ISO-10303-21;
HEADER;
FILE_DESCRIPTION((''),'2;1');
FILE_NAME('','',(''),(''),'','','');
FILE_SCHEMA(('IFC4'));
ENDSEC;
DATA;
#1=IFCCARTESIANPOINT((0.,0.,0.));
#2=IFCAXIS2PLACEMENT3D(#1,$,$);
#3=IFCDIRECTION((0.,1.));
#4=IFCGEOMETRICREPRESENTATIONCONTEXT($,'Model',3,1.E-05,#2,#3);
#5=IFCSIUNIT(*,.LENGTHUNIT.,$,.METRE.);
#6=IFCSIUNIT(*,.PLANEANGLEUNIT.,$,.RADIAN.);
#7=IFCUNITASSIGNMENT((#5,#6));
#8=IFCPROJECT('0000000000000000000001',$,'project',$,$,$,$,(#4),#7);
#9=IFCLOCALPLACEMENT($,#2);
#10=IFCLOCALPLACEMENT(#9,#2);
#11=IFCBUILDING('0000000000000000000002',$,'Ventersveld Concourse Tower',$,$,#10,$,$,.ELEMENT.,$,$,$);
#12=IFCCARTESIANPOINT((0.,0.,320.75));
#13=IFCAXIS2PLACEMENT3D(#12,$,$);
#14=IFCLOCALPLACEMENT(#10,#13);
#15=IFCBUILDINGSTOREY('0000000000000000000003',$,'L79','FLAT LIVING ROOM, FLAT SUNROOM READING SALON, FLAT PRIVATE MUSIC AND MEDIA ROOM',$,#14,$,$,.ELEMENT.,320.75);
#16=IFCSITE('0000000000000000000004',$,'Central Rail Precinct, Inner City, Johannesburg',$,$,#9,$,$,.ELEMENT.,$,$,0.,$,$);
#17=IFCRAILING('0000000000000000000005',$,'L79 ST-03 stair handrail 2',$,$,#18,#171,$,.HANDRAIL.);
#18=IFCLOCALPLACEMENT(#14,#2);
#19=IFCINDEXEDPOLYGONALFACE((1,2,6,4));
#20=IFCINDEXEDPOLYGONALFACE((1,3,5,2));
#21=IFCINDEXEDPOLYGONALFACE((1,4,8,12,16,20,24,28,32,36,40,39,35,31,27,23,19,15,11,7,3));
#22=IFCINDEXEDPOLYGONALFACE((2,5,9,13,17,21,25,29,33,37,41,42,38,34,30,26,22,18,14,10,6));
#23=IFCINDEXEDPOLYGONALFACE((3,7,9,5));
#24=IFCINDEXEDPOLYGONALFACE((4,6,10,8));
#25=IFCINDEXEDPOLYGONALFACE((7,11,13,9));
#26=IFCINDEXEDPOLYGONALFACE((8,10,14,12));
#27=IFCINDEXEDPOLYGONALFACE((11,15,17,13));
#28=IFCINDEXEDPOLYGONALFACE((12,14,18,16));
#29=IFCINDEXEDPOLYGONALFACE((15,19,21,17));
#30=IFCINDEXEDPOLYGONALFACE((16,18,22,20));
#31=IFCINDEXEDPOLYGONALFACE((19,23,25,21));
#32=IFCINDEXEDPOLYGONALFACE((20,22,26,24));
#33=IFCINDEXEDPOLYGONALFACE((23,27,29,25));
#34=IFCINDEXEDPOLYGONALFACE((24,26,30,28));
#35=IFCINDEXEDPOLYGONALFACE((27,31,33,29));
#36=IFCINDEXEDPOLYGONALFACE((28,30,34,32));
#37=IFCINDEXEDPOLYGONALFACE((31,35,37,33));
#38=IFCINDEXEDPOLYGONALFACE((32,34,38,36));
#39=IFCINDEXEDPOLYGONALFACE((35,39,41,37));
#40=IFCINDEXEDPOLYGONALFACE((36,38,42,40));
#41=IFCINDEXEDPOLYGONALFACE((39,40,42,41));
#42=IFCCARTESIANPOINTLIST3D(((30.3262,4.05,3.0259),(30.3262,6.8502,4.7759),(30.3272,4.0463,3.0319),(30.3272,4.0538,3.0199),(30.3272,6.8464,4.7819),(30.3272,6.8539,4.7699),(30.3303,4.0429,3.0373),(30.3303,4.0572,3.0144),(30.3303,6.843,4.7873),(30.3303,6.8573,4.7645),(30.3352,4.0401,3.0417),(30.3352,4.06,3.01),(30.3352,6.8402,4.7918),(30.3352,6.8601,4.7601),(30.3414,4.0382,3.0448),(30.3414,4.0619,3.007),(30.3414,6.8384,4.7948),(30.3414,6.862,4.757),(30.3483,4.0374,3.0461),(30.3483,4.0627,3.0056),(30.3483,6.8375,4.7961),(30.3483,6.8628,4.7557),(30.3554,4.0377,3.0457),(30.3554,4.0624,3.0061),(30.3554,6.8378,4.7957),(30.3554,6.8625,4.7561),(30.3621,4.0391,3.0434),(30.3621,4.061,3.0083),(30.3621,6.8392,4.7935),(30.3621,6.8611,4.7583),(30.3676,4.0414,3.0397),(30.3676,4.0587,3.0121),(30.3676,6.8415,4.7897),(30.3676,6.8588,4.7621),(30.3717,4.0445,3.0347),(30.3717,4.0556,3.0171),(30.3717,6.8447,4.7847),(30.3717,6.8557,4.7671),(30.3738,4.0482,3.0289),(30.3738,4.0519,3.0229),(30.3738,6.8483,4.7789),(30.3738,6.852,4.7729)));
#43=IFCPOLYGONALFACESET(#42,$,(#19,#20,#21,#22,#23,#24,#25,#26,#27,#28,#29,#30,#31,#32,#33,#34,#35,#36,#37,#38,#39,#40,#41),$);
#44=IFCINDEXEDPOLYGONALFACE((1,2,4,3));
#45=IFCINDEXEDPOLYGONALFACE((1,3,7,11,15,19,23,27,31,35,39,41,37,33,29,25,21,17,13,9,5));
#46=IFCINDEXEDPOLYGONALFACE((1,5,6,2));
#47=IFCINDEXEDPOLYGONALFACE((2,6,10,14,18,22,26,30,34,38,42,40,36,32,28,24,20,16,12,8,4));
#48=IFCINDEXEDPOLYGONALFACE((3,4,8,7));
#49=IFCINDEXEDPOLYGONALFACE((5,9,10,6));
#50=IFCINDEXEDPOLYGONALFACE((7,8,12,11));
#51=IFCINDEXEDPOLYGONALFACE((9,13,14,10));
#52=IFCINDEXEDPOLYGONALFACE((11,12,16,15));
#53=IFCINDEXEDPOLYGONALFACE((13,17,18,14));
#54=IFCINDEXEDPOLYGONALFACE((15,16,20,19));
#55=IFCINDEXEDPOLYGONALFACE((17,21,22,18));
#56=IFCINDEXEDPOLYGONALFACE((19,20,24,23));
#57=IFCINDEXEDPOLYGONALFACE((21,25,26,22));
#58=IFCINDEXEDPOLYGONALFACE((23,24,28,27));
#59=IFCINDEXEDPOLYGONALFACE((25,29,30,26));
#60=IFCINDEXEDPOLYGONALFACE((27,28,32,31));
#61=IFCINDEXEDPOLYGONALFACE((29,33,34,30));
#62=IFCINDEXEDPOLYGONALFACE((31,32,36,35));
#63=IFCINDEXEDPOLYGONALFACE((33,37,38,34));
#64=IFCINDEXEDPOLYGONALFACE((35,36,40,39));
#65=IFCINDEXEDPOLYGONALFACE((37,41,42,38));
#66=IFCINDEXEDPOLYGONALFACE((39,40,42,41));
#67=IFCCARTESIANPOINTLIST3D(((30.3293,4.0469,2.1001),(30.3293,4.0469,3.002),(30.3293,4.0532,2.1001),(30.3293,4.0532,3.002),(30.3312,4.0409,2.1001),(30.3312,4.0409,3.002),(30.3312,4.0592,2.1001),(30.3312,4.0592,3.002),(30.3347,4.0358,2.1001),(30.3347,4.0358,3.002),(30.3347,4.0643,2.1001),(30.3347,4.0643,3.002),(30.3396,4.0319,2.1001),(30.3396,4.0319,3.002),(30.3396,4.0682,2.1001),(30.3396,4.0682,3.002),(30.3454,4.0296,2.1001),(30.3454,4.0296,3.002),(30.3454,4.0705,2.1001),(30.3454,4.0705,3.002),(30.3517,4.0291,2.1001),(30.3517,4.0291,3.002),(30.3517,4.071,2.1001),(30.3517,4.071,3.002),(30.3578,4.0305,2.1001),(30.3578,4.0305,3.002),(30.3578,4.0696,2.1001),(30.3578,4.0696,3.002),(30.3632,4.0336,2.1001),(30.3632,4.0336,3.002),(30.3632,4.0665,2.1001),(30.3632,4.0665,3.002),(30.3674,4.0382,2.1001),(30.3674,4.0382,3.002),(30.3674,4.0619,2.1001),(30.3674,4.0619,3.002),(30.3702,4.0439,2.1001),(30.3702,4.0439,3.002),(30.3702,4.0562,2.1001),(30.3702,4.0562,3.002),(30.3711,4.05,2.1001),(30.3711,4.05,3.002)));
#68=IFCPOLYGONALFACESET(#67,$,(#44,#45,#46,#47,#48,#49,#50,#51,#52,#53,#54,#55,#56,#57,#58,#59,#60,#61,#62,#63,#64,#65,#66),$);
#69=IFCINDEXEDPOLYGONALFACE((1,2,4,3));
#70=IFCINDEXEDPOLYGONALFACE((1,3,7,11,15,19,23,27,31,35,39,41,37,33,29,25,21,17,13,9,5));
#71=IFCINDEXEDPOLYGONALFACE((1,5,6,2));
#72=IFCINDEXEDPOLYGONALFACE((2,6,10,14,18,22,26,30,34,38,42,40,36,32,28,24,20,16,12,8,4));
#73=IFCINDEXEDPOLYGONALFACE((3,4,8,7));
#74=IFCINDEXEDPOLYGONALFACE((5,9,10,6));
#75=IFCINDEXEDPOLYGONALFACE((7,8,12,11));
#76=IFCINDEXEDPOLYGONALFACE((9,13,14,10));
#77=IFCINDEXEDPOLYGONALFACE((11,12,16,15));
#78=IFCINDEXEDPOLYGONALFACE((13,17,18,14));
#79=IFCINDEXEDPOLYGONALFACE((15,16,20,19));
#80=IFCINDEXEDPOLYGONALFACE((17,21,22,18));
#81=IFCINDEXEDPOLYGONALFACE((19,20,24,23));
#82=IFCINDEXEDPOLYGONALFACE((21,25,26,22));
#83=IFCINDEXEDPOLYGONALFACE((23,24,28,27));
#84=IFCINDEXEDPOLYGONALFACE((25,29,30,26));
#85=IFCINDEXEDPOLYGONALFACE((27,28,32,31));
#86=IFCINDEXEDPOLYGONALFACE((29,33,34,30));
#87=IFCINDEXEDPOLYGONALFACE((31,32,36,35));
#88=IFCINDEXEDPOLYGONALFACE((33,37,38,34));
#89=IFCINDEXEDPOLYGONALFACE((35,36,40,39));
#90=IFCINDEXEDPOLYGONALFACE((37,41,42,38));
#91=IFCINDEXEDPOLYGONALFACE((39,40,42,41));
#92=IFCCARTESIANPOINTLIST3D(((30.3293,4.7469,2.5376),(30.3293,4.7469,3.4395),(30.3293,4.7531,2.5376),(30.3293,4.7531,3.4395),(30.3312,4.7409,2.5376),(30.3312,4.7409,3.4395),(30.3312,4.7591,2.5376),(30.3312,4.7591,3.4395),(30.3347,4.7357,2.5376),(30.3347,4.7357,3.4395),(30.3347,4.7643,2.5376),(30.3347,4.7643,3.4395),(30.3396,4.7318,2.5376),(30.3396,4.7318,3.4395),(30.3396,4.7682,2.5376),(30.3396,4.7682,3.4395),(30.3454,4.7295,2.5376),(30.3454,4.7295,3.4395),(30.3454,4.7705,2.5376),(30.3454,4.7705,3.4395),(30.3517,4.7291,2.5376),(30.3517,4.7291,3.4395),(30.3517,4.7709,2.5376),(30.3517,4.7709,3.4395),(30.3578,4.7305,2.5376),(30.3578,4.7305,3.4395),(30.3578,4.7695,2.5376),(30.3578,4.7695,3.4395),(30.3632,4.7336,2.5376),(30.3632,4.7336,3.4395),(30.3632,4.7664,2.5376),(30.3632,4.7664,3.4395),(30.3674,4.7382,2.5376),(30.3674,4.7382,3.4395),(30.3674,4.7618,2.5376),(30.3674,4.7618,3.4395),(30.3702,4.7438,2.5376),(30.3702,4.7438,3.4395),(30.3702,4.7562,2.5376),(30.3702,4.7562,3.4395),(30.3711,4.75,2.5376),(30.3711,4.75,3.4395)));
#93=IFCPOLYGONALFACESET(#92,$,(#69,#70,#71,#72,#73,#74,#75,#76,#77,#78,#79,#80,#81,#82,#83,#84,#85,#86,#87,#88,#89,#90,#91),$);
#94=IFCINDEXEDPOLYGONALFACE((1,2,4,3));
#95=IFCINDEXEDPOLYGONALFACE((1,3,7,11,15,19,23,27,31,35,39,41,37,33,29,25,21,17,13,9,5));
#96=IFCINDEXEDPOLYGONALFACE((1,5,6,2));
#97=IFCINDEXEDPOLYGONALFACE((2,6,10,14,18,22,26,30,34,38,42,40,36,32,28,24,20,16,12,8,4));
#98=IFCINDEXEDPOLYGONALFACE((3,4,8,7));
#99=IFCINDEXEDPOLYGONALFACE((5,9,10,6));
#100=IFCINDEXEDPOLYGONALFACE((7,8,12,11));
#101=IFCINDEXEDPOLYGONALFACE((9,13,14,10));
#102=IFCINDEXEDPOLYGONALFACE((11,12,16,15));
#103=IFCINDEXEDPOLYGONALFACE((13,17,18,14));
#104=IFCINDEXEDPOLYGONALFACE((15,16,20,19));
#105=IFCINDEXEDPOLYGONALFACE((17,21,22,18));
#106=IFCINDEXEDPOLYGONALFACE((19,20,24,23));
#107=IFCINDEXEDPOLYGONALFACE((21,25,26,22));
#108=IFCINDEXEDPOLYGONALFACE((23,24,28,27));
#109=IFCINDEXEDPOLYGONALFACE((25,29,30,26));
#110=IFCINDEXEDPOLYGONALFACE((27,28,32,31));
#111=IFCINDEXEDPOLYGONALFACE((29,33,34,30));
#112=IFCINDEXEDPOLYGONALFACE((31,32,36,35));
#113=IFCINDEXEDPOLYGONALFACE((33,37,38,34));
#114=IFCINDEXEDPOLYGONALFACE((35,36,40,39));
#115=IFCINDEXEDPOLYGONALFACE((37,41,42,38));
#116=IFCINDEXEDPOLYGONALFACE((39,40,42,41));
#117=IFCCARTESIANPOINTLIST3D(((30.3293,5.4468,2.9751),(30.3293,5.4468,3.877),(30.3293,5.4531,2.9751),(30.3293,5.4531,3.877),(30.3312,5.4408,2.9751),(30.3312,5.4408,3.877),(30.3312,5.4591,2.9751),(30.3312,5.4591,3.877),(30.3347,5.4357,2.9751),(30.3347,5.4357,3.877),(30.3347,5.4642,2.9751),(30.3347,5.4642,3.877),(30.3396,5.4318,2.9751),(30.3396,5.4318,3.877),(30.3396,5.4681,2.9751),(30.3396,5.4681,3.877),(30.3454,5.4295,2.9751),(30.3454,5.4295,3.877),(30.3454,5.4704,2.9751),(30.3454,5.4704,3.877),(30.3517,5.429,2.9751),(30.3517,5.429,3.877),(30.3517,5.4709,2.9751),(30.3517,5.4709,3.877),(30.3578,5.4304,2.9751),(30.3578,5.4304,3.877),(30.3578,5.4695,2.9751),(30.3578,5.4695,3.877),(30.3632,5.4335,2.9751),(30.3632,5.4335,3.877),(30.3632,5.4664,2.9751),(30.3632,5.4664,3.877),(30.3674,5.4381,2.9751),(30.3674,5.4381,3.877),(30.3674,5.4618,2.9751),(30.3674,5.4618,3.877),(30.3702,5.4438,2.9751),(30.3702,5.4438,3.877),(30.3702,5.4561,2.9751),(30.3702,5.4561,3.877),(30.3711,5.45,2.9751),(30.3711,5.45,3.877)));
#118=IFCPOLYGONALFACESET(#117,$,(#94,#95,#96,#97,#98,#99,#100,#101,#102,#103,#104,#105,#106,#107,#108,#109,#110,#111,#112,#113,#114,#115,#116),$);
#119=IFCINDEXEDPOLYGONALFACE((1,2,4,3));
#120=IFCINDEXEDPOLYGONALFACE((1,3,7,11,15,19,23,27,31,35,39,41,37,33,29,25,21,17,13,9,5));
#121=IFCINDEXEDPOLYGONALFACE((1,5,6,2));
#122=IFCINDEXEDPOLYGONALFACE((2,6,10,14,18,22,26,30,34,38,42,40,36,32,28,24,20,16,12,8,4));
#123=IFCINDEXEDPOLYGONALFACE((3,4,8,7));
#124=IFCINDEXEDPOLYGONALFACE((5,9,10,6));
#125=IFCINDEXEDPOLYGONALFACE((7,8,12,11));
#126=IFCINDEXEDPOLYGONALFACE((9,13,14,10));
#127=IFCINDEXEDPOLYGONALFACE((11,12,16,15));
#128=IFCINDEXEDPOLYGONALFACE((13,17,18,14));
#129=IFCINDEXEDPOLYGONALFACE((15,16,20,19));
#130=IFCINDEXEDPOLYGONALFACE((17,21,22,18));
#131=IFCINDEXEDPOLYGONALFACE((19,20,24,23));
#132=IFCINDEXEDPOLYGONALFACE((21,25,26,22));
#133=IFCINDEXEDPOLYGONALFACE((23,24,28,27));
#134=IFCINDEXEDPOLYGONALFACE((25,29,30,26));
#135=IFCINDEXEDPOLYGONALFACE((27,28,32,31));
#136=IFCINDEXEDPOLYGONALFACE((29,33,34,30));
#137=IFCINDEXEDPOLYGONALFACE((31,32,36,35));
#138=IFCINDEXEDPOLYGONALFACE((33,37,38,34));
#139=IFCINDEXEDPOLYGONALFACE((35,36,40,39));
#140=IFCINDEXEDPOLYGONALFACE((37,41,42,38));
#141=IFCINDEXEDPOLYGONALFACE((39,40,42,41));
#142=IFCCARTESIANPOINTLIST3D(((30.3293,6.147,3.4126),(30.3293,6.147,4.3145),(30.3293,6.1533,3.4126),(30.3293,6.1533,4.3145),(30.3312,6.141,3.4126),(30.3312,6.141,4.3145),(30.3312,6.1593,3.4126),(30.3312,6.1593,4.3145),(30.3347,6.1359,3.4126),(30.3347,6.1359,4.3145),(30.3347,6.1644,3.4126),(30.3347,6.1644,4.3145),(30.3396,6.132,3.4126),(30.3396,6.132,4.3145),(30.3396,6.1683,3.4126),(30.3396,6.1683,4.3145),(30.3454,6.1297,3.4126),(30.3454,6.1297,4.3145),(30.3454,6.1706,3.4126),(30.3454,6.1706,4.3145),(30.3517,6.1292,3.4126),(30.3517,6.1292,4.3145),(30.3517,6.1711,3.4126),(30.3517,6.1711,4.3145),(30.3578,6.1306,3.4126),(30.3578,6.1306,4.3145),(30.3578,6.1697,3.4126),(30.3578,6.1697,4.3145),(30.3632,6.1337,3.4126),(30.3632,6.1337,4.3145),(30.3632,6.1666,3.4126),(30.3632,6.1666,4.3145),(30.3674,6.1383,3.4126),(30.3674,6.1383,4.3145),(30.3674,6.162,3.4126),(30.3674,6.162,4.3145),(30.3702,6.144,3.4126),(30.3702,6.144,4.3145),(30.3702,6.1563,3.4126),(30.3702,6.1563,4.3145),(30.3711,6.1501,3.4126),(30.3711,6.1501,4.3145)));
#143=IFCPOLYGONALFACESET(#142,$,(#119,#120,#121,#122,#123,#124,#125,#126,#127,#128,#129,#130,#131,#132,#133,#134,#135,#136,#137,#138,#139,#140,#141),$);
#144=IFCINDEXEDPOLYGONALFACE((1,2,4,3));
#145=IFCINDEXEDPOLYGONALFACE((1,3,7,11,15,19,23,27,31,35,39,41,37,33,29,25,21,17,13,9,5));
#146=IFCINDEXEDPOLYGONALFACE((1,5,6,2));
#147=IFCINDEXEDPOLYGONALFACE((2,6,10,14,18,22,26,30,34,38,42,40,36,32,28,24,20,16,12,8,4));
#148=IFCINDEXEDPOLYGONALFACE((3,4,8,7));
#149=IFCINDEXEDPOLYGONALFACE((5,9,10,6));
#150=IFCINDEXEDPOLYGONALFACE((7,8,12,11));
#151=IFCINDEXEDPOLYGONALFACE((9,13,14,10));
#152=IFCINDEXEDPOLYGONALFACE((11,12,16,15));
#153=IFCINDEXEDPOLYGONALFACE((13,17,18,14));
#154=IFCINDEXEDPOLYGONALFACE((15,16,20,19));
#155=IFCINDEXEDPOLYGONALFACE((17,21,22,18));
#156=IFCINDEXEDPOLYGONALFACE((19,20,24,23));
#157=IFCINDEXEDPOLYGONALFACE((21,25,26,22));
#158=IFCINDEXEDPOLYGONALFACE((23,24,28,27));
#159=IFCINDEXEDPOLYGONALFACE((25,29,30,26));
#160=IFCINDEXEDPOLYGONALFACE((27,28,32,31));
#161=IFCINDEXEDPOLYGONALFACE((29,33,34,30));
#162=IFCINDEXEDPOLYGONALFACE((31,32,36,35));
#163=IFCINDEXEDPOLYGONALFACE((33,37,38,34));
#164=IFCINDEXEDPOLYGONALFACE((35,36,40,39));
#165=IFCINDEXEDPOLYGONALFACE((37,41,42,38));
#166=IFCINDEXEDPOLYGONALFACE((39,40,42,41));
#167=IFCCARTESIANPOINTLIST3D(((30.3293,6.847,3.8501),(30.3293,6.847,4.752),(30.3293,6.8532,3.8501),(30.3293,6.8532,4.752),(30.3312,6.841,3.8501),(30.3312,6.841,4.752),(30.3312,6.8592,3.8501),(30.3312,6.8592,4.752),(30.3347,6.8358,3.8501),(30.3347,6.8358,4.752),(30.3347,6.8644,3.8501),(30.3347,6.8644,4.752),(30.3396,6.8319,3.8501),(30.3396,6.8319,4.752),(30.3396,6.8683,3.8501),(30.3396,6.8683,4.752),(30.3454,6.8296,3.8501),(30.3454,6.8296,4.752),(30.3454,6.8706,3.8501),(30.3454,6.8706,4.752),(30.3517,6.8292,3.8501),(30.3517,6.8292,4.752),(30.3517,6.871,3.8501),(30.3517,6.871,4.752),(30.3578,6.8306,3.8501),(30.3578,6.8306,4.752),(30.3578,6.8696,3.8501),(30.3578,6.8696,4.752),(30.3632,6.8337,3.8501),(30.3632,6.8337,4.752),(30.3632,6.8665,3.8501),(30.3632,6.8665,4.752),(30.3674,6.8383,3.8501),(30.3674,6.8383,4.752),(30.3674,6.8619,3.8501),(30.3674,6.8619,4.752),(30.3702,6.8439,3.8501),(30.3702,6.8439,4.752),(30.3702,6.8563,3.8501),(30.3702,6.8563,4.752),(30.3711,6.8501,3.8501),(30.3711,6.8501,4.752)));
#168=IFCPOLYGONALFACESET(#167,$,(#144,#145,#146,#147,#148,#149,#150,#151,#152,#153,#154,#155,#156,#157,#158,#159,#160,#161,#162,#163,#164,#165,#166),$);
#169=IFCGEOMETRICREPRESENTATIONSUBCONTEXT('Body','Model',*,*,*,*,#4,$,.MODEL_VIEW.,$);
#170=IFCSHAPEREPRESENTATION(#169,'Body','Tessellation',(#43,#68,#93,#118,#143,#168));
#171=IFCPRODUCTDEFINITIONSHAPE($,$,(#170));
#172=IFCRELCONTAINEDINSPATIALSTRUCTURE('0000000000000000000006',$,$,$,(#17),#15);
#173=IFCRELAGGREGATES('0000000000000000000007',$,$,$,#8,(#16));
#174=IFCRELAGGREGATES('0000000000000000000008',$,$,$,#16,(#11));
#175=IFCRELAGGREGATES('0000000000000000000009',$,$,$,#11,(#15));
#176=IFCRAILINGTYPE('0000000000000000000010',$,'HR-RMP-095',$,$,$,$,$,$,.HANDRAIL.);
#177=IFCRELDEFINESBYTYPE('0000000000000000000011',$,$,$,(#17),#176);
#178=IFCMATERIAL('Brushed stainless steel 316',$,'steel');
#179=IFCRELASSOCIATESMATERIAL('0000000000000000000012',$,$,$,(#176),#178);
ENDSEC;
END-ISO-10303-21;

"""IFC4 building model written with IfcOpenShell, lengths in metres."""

from ifc_helpers import new_model, si_unit, direction, frame, origin, origin_2d, place, context, subcontext, project, spatial, circle, extrude, material, type_object, element, save


model = new_model("IFC4")

# Units and contexts
model_context = context("Model", 3, precision=1e-05, world=origin(), true_north=direction((0.0, 1.0)))
body_context = subcontext(model_context, "Body", "Model", "MODEL_VIEW")
ifc_project = project(units=[si_unit("LENGTHUNIT", "METRE"), si_unit("PLANEANGLEUNIT", "RADIAN")], contexts=[model_context])

# Site, building, storey
site_placement = place(None, origin())
site = spatial("IfcSite", under=ifc_project, at=site_placement, Name="Central Rail Precinct, Inner City, Johannesburg", CompositionType="ELEMENT", RefElevation=0.0)
building_placement = place(site_placement, origin())
building = spatial("IfcBuilding", under=site, at=building_placement, Name="Ventersveld Concourse Tower", CompositionType="ELEMENT")
storey_placement = place(building_placement, frame((0.0, 0.0, 320.75)))
storey = spatial("IfcBuildingStorey", under=building, at=storey_placement, Name="L79", Description="FLAT LIVING ROOM, FLAT SUNROOM READING SALON, FLAT PRIVATE MUSIC AND MEDIA ROOM", CompositionType="ELEMENT", Elevation=320.75)

# Shared definitions
ifc_material_1 = material(Name="Brushed stainless steel 316", Category="steel")

# Railing
railing_type_1 = type_object("IfcRailingType", Name="HR-RMP-095", PredefinedType="HANDRAIL", material=ifc_material_1)
railing_1_placement = place(storey_placement, frame((30.3501, 4.05, 2.1001)))
element("IfcRailing", 1, at=railing_1_placement, inside=storey, type_object=railing_type_1, Name="L79 ST-03 stair handrail 2", PredefinedType="HANDRAIL", context=body_context, shape_type="SweptSolid", body=[
    extrude(circle(Radius=0.0239, at=origin_2d()), frame((0.0, 0.0, 0.9258), z_axis=(0.0, 0.848002, 0.529992), x_axis=(-1.0, 0.0, 0.0)), (0.0, 0.0, 1.0), 3.302),
    extrude(circle(Radius=0.021, at=origin_2d()), origin(), (0.0, 0.0, 1.0), 0.9019),
    extrude(circle(Radius=0.021, at=origin_2d()), frame((0.0, 0.7, 0.4375)), (0.0, 0.0, 1.0), 0.9019),
    extrude(circle(Radius=0.021, at=origin_2d()), frame((0.0, 1.3999, 0.875)), (0.0, 0.0, 1.0), 0.9019),
    extrude(circle(Radius=0.021, at=origin_2d()), frame((0.0, 2.1001, 1.3125)), (0.0, 0.0, 1.0), 0.9019),
    extrude(circle(Radius=0.021, at=origin_2d()), frame((0.0, 2.8, 1.75)), (0.0, 0.0, 1.0), 0.9019),
])

save(model, "model.ifc")
